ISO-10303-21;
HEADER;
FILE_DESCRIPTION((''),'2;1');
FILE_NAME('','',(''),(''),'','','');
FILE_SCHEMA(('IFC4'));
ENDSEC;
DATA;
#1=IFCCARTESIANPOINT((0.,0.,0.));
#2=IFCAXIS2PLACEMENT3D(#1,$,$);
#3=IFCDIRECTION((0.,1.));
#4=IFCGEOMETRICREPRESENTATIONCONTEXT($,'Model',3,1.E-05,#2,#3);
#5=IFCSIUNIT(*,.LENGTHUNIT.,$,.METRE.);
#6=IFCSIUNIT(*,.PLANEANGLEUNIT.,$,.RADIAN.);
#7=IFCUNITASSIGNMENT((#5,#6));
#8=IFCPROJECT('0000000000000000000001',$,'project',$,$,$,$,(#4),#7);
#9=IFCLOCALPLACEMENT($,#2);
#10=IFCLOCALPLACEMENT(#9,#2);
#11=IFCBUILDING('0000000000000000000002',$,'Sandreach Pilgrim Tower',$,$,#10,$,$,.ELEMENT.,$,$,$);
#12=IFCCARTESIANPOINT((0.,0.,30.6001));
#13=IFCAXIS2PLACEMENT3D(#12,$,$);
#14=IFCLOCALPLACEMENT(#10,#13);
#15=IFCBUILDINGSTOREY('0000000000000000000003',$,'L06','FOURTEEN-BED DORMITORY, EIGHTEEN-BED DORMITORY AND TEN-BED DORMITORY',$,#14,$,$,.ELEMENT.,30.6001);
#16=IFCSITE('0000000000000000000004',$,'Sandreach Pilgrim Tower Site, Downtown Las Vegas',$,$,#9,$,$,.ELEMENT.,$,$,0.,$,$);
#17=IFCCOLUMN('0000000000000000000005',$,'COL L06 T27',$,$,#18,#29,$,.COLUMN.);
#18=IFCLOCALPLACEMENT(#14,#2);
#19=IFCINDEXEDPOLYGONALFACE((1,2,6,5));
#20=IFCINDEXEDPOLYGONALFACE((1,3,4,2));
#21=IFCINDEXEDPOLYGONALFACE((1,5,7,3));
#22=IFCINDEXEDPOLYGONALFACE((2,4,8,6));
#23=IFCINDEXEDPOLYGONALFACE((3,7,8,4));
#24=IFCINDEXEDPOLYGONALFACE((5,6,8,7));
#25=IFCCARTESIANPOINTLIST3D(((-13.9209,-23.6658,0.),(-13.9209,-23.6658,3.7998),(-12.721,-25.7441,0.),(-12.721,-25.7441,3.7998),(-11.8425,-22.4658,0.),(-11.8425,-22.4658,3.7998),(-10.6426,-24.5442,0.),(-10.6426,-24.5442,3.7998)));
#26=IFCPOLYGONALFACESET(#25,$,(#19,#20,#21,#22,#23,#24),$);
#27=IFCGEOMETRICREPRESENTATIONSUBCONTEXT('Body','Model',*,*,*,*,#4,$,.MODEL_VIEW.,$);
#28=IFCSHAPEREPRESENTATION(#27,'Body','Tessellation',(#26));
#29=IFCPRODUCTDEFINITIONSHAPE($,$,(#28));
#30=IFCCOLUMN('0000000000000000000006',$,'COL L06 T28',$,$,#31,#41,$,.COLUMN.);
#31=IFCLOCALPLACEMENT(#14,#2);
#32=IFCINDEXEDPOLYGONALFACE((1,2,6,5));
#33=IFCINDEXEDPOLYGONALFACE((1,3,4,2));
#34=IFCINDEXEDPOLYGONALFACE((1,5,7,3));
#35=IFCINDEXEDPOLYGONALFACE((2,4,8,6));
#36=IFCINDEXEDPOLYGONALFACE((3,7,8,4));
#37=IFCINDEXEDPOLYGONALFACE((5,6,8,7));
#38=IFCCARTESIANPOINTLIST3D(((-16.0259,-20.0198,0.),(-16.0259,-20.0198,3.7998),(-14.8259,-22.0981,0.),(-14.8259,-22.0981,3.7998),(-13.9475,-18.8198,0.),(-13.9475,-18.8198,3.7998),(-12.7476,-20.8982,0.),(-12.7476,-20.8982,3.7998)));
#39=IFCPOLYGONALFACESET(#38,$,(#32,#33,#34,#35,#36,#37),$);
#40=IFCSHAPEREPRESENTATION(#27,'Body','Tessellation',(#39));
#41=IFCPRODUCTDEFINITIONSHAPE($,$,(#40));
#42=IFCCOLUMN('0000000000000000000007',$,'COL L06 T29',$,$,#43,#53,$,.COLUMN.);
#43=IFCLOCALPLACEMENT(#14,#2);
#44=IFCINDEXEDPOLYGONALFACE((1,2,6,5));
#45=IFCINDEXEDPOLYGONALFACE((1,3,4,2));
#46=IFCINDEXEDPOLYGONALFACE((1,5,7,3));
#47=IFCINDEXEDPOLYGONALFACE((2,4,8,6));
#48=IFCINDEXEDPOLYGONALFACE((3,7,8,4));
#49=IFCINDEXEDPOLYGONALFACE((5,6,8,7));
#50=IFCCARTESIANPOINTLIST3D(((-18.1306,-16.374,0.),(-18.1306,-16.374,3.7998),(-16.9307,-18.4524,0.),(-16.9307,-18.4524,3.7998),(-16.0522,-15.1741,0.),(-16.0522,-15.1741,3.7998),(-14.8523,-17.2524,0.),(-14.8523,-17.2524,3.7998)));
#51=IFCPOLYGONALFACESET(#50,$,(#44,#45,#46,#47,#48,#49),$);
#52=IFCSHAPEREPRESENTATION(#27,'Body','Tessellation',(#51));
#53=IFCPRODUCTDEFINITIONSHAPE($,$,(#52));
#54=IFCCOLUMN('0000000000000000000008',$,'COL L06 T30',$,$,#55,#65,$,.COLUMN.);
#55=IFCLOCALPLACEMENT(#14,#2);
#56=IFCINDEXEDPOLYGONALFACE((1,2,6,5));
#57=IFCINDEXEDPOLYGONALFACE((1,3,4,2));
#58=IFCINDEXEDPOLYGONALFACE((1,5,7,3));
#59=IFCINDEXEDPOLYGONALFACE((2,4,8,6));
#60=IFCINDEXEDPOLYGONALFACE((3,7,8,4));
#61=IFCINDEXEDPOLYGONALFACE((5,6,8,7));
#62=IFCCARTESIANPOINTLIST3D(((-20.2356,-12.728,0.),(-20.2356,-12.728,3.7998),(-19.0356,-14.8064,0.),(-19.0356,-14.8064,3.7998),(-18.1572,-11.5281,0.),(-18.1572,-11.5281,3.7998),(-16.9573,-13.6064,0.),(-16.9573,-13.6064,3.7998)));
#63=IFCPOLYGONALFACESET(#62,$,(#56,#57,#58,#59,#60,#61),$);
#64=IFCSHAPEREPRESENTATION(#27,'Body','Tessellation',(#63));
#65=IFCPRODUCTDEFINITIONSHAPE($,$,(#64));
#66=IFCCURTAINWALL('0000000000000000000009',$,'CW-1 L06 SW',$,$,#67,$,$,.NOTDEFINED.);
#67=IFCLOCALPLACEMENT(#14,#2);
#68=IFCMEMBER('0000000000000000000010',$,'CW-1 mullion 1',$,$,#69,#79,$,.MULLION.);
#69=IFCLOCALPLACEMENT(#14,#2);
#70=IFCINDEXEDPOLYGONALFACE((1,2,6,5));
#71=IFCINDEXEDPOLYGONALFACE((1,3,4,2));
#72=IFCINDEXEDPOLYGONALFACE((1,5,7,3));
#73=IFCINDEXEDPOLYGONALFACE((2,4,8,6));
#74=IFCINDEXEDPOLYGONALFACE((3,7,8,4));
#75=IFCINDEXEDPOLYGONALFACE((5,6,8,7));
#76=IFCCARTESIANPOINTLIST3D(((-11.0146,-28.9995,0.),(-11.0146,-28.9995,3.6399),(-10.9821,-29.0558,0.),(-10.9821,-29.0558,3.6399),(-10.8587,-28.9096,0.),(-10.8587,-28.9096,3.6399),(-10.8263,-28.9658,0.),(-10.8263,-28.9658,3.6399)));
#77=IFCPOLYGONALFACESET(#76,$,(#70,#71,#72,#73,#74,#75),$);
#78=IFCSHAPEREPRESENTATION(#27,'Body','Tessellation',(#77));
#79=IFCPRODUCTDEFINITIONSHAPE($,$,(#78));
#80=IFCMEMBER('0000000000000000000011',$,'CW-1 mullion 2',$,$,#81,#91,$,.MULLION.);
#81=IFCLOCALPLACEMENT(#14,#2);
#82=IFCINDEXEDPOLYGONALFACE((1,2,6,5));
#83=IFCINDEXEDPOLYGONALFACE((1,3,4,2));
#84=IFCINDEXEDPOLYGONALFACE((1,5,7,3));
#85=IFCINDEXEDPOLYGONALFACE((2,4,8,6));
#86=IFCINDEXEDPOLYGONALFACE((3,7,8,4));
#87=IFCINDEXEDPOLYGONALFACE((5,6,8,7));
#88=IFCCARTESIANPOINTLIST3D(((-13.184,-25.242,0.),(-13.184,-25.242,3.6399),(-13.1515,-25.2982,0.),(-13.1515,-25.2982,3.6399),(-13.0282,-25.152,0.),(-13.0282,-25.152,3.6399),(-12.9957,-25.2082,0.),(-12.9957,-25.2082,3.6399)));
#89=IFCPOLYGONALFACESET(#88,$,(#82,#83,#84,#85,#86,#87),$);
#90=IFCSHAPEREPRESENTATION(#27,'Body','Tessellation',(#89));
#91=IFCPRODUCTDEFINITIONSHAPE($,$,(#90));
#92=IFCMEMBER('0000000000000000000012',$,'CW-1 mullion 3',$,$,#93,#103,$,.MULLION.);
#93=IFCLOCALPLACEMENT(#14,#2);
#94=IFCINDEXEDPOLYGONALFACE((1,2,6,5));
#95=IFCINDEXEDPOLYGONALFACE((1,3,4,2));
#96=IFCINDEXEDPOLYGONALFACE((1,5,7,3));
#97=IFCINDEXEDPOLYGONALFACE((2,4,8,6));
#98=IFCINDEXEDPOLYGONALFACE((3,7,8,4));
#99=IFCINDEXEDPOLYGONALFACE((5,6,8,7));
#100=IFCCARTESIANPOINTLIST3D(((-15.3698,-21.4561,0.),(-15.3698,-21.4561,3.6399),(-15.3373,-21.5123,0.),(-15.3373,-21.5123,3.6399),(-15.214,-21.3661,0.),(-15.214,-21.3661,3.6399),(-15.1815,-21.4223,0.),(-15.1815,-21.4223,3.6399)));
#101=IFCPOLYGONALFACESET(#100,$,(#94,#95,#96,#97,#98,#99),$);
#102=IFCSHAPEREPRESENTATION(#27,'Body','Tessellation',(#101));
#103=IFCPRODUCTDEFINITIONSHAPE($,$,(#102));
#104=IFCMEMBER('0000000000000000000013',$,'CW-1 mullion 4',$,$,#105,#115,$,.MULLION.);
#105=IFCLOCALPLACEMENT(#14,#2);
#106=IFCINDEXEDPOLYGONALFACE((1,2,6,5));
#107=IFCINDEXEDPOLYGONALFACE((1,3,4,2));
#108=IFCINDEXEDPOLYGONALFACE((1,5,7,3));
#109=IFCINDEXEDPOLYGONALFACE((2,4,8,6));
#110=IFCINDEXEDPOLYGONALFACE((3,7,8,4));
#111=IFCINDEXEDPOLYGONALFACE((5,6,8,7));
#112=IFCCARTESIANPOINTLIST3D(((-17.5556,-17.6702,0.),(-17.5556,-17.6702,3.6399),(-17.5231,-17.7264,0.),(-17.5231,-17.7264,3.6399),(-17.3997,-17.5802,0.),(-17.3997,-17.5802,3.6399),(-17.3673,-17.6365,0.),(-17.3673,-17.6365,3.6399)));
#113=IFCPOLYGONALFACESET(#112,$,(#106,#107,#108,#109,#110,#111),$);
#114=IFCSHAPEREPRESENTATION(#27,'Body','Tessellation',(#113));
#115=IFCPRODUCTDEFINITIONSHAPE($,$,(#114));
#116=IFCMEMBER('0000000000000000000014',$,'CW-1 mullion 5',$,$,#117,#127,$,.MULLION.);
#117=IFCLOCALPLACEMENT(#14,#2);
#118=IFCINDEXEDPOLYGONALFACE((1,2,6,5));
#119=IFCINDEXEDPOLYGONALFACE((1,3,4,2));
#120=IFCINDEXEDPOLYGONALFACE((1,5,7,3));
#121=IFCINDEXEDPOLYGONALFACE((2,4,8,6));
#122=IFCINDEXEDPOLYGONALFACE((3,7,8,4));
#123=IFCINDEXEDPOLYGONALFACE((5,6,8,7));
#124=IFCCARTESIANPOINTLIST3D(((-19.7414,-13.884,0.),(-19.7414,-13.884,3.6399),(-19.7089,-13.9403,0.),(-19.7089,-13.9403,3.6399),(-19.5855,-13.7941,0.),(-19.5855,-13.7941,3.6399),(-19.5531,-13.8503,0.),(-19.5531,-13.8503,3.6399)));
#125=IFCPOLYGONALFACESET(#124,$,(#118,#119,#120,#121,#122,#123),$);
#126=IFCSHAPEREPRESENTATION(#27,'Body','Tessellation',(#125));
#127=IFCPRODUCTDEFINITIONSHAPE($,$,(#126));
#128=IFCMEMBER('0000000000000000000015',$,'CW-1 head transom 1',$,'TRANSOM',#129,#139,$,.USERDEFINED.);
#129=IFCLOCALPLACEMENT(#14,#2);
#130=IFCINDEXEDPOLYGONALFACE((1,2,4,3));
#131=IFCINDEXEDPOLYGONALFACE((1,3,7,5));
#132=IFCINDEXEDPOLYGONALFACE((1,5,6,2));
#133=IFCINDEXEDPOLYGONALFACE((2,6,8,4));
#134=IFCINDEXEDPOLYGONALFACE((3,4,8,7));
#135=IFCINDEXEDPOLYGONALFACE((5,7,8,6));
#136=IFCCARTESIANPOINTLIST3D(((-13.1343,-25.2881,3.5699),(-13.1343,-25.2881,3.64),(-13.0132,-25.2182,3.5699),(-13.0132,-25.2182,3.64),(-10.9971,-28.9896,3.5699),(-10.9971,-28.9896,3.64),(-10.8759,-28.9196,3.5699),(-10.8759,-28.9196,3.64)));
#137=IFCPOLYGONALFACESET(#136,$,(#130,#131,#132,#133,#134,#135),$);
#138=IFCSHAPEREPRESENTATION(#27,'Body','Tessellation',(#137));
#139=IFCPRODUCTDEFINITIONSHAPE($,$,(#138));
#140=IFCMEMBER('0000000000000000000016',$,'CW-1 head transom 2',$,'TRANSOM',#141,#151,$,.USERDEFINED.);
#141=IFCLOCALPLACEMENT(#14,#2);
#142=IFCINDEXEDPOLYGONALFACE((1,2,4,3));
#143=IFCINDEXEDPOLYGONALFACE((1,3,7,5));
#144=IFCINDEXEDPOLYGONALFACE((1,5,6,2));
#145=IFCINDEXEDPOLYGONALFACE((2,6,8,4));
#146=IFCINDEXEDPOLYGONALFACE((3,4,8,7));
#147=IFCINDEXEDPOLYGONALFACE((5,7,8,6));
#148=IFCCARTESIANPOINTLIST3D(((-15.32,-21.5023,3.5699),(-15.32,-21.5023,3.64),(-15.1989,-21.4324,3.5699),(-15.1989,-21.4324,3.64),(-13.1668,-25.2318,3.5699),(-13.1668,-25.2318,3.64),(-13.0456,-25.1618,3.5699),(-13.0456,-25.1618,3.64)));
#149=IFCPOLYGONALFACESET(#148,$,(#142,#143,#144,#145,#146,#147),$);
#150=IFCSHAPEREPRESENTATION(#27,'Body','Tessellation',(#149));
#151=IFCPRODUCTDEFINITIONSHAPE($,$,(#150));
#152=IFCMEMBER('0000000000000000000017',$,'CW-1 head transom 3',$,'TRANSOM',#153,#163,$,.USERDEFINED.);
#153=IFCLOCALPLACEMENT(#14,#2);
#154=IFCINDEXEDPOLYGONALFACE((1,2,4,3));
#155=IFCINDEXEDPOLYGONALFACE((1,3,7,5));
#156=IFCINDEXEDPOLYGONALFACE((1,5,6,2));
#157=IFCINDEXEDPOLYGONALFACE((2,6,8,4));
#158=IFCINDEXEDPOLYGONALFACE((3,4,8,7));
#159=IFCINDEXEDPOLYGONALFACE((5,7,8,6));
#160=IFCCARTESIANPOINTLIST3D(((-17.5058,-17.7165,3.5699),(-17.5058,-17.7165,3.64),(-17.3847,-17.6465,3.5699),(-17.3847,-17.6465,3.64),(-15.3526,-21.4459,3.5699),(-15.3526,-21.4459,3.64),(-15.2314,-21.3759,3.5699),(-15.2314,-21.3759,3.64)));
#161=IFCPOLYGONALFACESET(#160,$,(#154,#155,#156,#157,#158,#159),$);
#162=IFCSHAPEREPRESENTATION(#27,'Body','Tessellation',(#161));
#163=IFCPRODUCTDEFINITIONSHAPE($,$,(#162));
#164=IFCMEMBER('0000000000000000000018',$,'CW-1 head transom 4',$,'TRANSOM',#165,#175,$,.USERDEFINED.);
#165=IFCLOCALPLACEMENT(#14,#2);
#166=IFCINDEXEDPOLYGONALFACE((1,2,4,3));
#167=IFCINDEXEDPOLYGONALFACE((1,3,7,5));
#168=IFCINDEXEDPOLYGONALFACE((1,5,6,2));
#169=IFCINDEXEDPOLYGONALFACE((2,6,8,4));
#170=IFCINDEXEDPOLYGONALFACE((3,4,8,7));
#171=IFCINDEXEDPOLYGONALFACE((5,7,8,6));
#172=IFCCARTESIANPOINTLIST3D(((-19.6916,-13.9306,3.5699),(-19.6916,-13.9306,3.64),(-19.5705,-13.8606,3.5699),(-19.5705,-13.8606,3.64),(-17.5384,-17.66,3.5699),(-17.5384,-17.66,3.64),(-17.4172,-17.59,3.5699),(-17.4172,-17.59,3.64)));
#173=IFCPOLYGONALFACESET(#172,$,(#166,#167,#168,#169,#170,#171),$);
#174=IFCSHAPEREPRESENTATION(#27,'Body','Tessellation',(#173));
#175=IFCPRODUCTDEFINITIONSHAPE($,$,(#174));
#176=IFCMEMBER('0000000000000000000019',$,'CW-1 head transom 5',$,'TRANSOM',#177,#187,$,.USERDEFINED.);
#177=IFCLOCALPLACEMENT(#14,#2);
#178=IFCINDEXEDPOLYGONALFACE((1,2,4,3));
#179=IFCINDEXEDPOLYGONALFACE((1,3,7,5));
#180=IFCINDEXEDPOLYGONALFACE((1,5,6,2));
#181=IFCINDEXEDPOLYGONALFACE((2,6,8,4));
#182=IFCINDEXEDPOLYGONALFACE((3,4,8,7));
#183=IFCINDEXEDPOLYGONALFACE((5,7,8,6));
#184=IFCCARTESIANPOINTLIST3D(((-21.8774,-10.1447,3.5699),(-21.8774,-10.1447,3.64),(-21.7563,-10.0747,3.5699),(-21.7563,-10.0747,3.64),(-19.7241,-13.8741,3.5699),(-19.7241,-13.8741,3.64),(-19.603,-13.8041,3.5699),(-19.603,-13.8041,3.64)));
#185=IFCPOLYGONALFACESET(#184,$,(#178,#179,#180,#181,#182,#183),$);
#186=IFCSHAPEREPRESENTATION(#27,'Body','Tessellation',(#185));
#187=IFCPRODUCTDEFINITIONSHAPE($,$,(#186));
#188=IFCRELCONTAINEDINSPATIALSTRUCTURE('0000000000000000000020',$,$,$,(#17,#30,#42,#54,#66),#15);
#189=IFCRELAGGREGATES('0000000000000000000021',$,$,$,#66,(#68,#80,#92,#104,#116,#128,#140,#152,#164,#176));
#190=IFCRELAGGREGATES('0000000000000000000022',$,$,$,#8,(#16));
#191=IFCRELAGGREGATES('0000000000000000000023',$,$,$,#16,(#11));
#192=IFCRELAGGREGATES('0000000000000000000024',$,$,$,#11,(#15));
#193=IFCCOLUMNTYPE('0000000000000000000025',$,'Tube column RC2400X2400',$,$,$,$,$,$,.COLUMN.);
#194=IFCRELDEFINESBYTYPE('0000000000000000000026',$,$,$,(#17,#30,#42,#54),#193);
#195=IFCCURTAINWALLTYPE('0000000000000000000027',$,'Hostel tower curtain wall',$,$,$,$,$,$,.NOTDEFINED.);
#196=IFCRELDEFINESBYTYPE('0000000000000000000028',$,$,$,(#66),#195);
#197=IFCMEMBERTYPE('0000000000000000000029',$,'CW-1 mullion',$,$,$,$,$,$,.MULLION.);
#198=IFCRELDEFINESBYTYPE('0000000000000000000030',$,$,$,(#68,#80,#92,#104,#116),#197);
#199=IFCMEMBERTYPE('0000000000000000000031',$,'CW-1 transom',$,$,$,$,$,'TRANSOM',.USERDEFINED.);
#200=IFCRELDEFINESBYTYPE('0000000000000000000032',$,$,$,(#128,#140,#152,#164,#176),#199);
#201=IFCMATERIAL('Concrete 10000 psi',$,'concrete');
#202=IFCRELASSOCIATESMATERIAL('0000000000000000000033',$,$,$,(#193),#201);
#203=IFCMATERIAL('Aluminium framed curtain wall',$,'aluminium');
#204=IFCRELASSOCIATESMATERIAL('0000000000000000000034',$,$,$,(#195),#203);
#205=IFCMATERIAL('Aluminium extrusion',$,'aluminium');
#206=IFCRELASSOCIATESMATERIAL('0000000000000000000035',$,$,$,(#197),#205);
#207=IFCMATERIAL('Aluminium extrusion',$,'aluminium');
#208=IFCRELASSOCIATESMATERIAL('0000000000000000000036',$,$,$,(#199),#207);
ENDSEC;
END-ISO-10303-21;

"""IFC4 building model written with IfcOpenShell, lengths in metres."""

from ifc_helpers import new_model, si_unit, direction, frame, origin, origin_2d, place, context, subcontext, project, spatial, rectangle, extrude, material, material_profile, profile_set, type_object, element, aggregate, save


model = new_model("IFC4")

# Units and contexts
model_context = context("Model", 3, precision=1e-05, world=origin(), true_north=direction((0.0, 1.0)))
body_context = subcontext(model_context, "Body", "Model", "MODEL_VIEW")
ifc_project = project(units=[si_unit("LENGTHUNIT", "METRE"), si_unit("PLANEANGLEUNIT", "RADIAN")], contexts=[model_context])

# Site, building, storey
site_placement = place(None, origin())
site = spatial("IfcSite", under=ifc_project, at=site_placement, Name="Sandreach Pilgrim Tower Site, Downtown Las Vegas", CompositionType="ELEMENT", RefElevation=0.0)
building_placement = place(site_placement, origin())
building = spatial("IfcBuilding", under=site, at=building_placement, Name="Sandreach Pilgrim Tower", CompositionType="ELEMENT")
storey_placement = place(building_placement, frame((0.0, 0.0, 30.6001)))
storey = spatial("IfcBuildingStorey", under=building, at=storey_placement, Name="L06", Description="FOURTEEN-BED DORMITORY, EIGHTEEN-BED DORMITORY AND TEN-BED DORMITORY", CompositionType="ELEMENT", Elevation=30.6001)

# Columns
ifc_material_1 = material(Name="Concrete 10000 psi", Category="concrete")
ifc_material_profile_1 = material_profile(ifc_material_1, rectangle(XDim=2.3999, YDim=2.3999, at=origin_2d()), Name="RC2400X2400")
ifc_profile_set_1 = profile_set([ifc_material_profile_1], Name="Concrete 10000 psi")
column_type = type_object("IfcColumnType", Name="Tube column RC2400X2400", PredefinedType="COLUMN", material=ifc_profile_set_1)
for number, where, z_axis, x_axis, name in (
    (1, (-12.2817, -24.105, 0.0), (0.0, 0.0, 1.0), (-0.866025, -0.5, 0.0), "COL L06 T27"),
    (2, (-14.3867, -20.459, 0.0), (0.0, 0.0, 1.0), (-0.866025, -0.5, 0.0), "COL L06 T28"),
    (3, (-16.4915, -16.8132, 0.0), (0.0, 0.0, 1.0), (-0.866025, -0.5, 0.0), "COL L06 T29"),
    (4, (-18.5964, -13.1672, 0.0), (0.0, 0.0, 1.0), (-0.866025, -0.5, 0.0), "COL L06 T30"),
):
    element("IfcColumn", number, at=place(storey_placement, frame(where, z_axis=z_axis, x_axis=x_axis)), inside=storey, type_object=column_type, Name=name, PredefinedType="COLUMN", context=body_context, shape_type="SweptSolid", body=[
        extrude(rectangle(XDim=2.3999, YDim=2.3999, at=origin_2d()), origin(), (0.0, 0.0, 1.0), 3.7998),
    ])

# Curtain wall, members
ifc_material_2 = material(Name="Aluminium framed curtain wall", Category="aluminium")
curtain_wall_type = type_object("IfcCurtainWallType", Name="Hostel tower curtain wall", PredefinedType="NOTDEFINED", material=ifc_material_2)
curtain_wall_placement = place(storey_placement, origin())
curtain_wall = element("IfcCurtainWall", 5, at=curtain_wall_placement, inside=storey, type_object=curtain_wall_type, Name="CW-1 L06 SW", PredefinedType="NOTDEFINED")
ifc_material_3 = material(Name="Aluminium extrusion", Category="aluminium")
ifc_material_profile_2 = material_profile(ifc_material_3, rectangle(XDim=0.0649, YDim=0.1799, at=origin_2d()), Name="CW-1M 65X180")
ifc_profile_set_2 = profile_set([ifc_material_profile_2], Name="Aluminium extrusion")
member_type_1 = type_object("IfcMemberType", Name="CW-1 mullion", PredefinedType="MULLION", material=ifc_profile_set_2)
member_1_placement = place(storey_placement, frame((-10.9204, -28.9827, 0.0), z_axis=(0.0, 0.0, 1.0), x_axis=(-0.5, 0.866025, 0.0)))
member_1 = element("IfcMember", 6, at=member_1_placement, type_object=member_type_1, Name="CW-1 mullion 1", PredefinedType="MULLION", context=body_context, shape_type="SweptSolid", body=[
    extrude(rectangle(XDim=0.0649, YDim=0.1799, at=origin_2d()), origin(), (0.0, 0.0, 1.0), 3.6399),
])
member_2_placement = place(storey_placement, frame((-13.0898, -25.2251, 0.0), z_axis=(0.0, 0.0, 1.0), x_axis=(-0.5, 0.866025, 0.0)))
member_2 = element("IfcMember", 7, at=member_2_placement, type_object=member_type_1, Name="CW-1 mullion 2", PredefinedType="MULLION", context=body_context, shape_type="SweptSolid", body=[
    extrude(rectangle(XDim=0.0649, YDim=0.1799, at=origin_2d()), origin(), (0.0, 0.0, 1.0), 3.6399),
])
member_3_placement = place(storey_placement, frame((-15.2756, -21.4392, 0.0), z_axis=(0.0, 0.0, 1.0), x_axis=(-0.5, 0.866025, 0.0)))
member_3 = element("IfcMember", 8, at=member_3_placement, type_object=member_type_1, Name="CW-1 mullion 3", PredefinedType="MULLION", context=body_context, shape_type="SweptSolid", body=[
    extrude(rectangle(XDim=0.0649, YDim=0.1799, at=origin_2d()), origin(), (0.0, 0.0, 1.0), 3.6399),
])
member_4_placement = place(storey_placement, frame((-17.4614, -17.6533, 0.0), z_axis=(0.0, 0.0, 1.0), x_axis=(-0.5, 0.866025, 0.0)))
member_4 = element("IfcMember", 9, at=member_4_placement, type_object=member_type_1, Name="CW-1 mullion 4", PredefinedType="MULLION", context=body_context, shape_type="SweptSolid", body=[
    extrude(rectangle(XDim=0.0649, YDim=0.1799, at=origin_2d()), origin(), (0.0, 0.0, 1.0), 3.6399),
])
member_5_placement = place(storey_placement, frame((-19.6472, -13.8672, 0.0), z_axis=(0.0, 0.0, 1.0), x_axis=(-0.5, 0.866025, 0.0)))
member_5 = element("IfcMember", 10, at=member_5_placement, type_object=member_type_1, Name="CW-1 mullion 5", PredefinedType="MULLION", context=body_context, shape_type="SweptSolid", body=[
    extrude(rectangle(XDim=0.0649, YDim=0.1799, at=origin_2d()), origin(), (0.0, 0.0, 1.0), 3.6399),
])
ifc_material_4 = material(Name="Aluminium extrusion", Category="aluminium")
ifc_material_profile_3 = material_profile(ifc_material_4, rectangle(XDim=0.1399, YDim=0.0701, at=origin_2d()), Name="CW-1T 140X70")
ifc_profile_set_3 = profile_set([ifc_material_profile_3], Name="Aluminium extrusion")
member_type_2 = type_object("IfcMemberType", Name="CW-1 transom", ElementType="TRANSOM", PredefinedType="USERDEFINED", material=ifc_profile_set_3)
member_6_placement = place(storey_placement, frame((-10.9365, -28.9546, 3.605), z_axis=(-0.500034, 0.866006, 0.0), x_axis=(-0.866006, -0.500034, 0.0)))
member_6 = element("IfcMember", 11, at=member_6_placement, type_object=member_type_2, Name="CW-1 head transom 1", ObjectType="TRANSOM", PredefinedType="USERDEFINED", context=body_context, shape_type="SweptSolid", body=[
    extrude(rectangle(XDim=0.1399, YDim=0.0701, at=origin_2d()), origin(), (0.0, 0.0, 1.0), 4.2742),
])
member_7_placement = place(storey_placement, frame((-13.1062, -25.1968, 3.605), z_axis=(-0.500017, 0.866016, 0.0), x_axis=(-0.866016, -0.500017, 0.0)))
member_7 = element("IfcMember", 12, at=member_7_placement, type_object=member_type_2, Name="CW-1 head transom 2", ObjectType="TRANSOM", PredefinedType="USERDEFINED", context=body_context, shape_type="SweptSolid", body=[
    extrude(rectangle(XDim=0.1399, YDim=0.0701, at=origin_2d()), origin(), (0.0, 0.0, 1.0), 4.3064),
])
member_8_placement = place(storey_placement, frame((-15.292, -21.4109, 3.605), z_axis=(-0.500017, 0.866016, 0.0), x_axis=(-0.866016, -0.500017, 0.0)))
member_8 = element("IfcMember", 13, at=member_8_placement, type_object=member_type_2, Name="CW-1 head transom 3", ObjectType="TRANSOM", PredefinedType="USERDEFINED", context=body_context, shape_type="SweptSolid", body=[
    extrude(rectangle(XDim=0.1399, YDim=0.0701, at=origin_2d()), origin(), (0.0, 0.0, 1.0), 4.3064),
])
member_9_placement = place(storey_placement, frame((-17.4778, -17.625, 3.605), z_axis=(-0.500017, 0.866016, 0.0), x_axis=(-0.866016, -0.500017, 0.0)))
member_9 = element("IfcMember", 14, at=member_9_placement, type_object=member_type_2, Name="CW-1 head transom 4", ObjectType="TRANSOM", PredefinedType="USERDEFINED", context=body_context, shape_type="SweptSolid", body=[
    extrude(rectangle(XDim=0.1399, YDim=0.0701, at=origin_2d()), origin(), (0.0, 0.0, 1.0), 4.3064),
])
member_10_placement = place(storey_placement, frame((-19.6636, -13.8391, 3.605), z_axis=(-0.500017, 0.866016, 0.0), x_axis=(-0.866016, -0.500017, 0.0)))
member_10 = element("IfcMember", 15, at=member_10_placement, type_object=member_type_2, Name="CW-1 head transom 5", ObjectType="TRANSOM", PredefinedType="USERDEFINED", context=body_context, shape_type="SweptSolid", body=[
    extrude(rectangle(XDim=0.1399, YDim=0.0701, at=origin_2d()), origin(), (0.0, 0.0, 1.0), 4.3064),
])

aggregate(curtain_wall, [member_1, member_2, member_3, member_4, member_5, member_6, member_7, member_8, member_9, member_10])

save(model, "model.ifc")
